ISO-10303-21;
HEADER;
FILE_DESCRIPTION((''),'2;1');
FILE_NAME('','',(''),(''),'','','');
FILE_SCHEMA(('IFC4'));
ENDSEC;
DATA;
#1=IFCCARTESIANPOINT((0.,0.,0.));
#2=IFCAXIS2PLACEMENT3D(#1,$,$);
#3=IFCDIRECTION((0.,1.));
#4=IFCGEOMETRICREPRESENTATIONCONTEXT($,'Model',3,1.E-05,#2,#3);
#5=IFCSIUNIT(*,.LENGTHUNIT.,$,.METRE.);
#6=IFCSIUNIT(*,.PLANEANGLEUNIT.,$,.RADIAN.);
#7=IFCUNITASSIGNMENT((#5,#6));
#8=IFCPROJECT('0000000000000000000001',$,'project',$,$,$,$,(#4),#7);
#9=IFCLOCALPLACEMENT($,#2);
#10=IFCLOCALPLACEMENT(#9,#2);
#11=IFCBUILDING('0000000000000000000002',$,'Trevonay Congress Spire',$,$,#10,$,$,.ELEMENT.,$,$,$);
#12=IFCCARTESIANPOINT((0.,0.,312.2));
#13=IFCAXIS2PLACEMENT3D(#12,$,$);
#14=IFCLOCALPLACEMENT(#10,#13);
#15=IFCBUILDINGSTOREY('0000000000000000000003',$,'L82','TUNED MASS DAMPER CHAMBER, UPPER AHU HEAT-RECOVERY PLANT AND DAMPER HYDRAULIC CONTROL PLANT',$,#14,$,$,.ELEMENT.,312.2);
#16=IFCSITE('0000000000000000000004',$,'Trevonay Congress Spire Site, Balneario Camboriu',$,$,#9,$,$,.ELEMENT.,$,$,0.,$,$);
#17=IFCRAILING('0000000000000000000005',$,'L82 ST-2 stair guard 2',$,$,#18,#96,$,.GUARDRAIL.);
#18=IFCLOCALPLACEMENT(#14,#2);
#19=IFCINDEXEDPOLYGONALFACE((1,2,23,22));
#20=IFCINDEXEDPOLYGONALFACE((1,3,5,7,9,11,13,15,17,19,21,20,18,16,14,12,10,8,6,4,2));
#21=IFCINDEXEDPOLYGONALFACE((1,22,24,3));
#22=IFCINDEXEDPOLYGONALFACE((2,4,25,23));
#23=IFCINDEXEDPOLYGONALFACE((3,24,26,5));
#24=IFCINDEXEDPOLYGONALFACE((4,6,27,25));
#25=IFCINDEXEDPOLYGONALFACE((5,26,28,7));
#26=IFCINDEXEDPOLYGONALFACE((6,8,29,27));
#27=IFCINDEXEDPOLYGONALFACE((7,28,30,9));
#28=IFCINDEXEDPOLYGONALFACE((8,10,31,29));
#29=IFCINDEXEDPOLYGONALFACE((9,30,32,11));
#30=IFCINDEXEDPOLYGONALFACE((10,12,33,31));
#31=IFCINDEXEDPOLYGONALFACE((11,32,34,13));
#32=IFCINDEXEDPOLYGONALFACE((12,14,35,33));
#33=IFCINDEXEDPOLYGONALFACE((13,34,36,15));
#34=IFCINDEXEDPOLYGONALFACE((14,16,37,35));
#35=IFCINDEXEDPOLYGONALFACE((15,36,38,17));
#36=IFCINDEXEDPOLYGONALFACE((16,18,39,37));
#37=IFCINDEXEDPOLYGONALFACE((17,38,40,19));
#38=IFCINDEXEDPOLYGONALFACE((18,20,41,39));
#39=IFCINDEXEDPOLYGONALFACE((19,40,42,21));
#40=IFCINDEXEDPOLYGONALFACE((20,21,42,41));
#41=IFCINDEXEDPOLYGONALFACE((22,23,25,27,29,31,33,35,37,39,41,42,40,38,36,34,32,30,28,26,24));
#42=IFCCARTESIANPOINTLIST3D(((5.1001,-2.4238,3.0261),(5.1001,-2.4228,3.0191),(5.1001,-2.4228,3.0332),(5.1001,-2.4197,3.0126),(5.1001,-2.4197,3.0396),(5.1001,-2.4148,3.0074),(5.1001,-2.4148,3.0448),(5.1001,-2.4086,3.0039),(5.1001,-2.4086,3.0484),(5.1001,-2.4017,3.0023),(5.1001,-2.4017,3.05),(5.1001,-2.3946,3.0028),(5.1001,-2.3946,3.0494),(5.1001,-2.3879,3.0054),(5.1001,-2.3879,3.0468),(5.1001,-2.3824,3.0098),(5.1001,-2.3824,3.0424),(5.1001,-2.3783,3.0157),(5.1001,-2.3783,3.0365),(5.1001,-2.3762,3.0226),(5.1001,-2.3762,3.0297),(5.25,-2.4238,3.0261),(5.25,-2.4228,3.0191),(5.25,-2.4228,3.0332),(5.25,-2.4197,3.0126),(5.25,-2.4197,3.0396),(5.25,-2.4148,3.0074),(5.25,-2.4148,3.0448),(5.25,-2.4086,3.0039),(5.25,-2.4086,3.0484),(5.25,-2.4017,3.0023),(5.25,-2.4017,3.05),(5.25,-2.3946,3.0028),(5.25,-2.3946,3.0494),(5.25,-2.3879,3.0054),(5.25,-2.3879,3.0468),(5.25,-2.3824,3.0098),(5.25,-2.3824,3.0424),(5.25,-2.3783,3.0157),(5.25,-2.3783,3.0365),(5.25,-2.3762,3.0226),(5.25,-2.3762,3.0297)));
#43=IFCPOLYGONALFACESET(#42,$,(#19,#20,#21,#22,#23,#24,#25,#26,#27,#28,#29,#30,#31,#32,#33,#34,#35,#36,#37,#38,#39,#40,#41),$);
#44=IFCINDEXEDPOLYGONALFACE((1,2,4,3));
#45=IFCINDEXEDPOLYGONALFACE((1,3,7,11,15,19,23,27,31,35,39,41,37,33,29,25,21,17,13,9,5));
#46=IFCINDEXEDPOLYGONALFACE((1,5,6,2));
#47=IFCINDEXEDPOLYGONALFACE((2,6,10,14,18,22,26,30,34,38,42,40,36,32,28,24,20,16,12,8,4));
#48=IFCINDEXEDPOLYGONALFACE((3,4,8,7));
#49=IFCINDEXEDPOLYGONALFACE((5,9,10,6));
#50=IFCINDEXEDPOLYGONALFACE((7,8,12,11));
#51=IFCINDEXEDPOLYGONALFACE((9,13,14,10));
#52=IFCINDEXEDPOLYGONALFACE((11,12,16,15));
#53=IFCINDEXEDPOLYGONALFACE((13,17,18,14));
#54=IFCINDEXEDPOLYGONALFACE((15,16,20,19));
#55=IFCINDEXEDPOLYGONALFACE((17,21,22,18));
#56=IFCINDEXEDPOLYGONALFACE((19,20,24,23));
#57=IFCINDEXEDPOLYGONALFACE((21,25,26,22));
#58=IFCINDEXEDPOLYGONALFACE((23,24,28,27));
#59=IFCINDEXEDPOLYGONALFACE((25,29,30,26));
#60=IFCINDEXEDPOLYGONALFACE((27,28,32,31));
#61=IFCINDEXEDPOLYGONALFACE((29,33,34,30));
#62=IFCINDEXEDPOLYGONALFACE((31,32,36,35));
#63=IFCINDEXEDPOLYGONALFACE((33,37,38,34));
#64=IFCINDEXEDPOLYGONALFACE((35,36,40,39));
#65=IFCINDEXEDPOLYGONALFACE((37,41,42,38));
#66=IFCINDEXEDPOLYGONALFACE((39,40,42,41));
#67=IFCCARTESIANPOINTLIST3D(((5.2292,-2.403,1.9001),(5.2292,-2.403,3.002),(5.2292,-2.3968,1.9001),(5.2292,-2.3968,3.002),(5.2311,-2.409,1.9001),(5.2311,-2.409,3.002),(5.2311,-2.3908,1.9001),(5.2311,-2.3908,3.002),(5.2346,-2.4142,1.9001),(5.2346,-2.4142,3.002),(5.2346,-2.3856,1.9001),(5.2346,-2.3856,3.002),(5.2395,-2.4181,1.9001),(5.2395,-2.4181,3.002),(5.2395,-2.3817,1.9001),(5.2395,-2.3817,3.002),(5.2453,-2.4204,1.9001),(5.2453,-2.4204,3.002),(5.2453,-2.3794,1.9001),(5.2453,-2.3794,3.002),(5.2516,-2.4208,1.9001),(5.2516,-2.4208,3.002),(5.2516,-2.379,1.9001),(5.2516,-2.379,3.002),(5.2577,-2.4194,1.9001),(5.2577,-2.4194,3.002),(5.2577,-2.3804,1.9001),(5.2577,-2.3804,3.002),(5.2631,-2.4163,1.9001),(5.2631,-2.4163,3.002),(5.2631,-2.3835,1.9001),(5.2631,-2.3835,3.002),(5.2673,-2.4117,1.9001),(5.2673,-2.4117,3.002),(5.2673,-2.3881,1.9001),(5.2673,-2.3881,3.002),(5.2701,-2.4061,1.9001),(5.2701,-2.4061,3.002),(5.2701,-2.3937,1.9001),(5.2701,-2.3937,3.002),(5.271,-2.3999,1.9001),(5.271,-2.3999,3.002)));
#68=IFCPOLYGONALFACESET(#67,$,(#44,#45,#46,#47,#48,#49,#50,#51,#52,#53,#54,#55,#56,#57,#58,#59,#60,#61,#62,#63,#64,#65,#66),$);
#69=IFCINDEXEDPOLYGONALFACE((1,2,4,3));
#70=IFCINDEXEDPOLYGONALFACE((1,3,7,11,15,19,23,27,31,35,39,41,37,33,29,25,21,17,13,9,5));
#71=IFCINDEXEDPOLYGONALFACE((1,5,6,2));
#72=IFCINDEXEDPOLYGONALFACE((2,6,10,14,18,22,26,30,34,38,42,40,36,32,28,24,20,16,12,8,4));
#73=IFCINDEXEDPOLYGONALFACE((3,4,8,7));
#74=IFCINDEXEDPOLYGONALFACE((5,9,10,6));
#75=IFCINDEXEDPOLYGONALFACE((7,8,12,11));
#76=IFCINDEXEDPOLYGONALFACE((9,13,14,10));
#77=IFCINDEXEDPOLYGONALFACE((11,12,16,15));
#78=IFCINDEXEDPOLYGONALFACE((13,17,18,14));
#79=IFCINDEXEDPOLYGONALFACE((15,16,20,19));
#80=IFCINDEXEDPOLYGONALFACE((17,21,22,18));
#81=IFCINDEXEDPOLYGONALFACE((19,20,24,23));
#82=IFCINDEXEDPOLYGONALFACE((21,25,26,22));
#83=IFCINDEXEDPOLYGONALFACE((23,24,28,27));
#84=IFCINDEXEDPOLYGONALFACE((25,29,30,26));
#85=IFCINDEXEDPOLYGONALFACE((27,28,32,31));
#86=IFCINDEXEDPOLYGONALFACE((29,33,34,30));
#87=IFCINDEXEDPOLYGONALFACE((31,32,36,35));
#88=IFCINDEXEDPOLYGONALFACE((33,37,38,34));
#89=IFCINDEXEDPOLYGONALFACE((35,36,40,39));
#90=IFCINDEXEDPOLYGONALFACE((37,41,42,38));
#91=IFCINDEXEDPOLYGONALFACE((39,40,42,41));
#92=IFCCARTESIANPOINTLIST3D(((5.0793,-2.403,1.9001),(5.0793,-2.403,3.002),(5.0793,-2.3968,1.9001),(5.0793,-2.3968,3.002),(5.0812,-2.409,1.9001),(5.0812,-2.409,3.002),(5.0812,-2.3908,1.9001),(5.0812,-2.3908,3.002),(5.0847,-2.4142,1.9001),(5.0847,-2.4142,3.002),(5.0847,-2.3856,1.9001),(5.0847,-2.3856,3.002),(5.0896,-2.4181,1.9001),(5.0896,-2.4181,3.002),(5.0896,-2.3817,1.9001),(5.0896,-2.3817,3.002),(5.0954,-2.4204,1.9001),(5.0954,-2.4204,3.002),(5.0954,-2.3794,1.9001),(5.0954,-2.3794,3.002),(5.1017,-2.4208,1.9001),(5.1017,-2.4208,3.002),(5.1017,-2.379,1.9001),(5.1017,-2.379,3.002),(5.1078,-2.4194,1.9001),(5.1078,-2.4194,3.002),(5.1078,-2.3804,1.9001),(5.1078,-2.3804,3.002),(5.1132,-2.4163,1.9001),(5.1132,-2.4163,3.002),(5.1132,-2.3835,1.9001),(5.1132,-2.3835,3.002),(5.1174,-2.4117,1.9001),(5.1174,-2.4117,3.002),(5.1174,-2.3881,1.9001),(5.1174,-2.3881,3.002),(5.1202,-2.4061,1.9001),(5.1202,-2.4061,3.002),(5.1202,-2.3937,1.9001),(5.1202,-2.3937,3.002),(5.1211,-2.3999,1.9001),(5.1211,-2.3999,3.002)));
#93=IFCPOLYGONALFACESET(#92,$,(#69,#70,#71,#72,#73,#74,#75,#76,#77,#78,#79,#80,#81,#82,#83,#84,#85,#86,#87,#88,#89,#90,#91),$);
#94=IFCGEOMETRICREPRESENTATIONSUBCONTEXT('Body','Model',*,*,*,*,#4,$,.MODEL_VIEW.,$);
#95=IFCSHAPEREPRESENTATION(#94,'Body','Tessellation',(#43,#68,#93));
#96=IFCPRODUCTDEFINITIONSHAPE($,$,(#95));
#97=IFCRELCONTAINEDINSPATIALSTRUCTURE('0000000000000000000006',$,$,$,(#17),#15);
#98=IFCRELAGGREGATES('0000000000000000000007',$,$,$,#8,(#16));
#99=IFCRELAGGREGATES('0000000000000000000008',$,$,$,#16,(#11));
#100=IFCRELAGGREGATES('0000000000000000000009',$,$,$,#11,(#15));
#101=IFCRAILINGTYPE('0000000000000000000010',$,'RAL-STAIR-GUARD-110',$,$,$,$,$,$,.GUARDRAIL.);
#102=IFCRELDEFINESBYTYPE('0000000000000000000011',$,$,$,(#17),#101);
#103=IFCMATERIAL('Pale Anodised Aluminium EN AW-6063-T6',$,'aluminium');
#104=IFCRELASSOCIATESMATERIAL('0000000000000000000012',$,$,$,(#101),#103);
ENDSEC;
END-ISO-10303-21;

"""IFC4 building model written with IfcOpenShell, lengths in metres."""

from ifc_helpers import new_model, si_unit, direction, frame, origin, origin_2d, place, context, subcontext, project, spatial, circle, extrude, material, type_object, element, save


model = new_model("IFC4")

# Units and contexts
model_context = context("Model", 3, precision=1e-05, world=origin(), true_north=direction((0.0, 1.0)))
body_context = subcontext(model_context, "Body", "Model", "MODEL_VIEW")
ifc_project = project(units=[si_unit("LENGTHUNIT", "METRE"), si_unit("PLANEANGLEUNIT", "RADIAN")], contexts=[model_context])

# Site, building, storey
site_placement = place(None, origin())
site = spatial("IfcSite", under=ifc_project, at=site_placement, Name="Trevonay Congress Spire Site, Balneario Camboriu", CompositionType="ELEMENT", RefElevation=0.0)
building_placement = place(site_placement, origin())
building = spatial("IfcBuilding", under=site, at=building_placement, Name="Trevonay Congress Spire", CompositionType="ELEMENT")
storey_placement = place(building_placement, frame((0.0, 0.0, 312.2)))
storey = spatial("IfcBuildingStorey", under=building, at=storey_placement, Name="L82", Description="TUNED MASS DAMPER CHAMBER, UPPER AHU HEAT-RECOVERY PLANT AND DAMPER HYDRAULIC CONTROL PLANT", CompositionType="ELEMENT", Elevation=312.2)

# Shared definitions
ifc_material_1 = material(Name="Pale Anodised Aluminium EN AW-6063-T6", Category="aluminium")

# Railing
railing_type_1 = type_object("IfcRailingType", Name="RAL-STAIR-GUARD-110", PredefinedType="GUARDRAIL", material=ifc_material_1)
railing_1_placement = place(storey_placement, frame((5.25, -2.3999, 1.9001)))
element("IfcRailing", 1, at=railing_1_placement, inside=storey, type_object=railing_type_1, Name="L82 ST-2 stair guard 2", PredefinedType="GUARDRAIL", context=body_context, shape_type="SweptSolid", body=[
    extrude(circle(Radius=0.0239, at=origin_2d()), frame((0.0, 0.0, 1.126), z_axis=(-1.0, 0.0, 0.0), x_axis=(0.0, -1.0, 0.0)), (0.0, 0.0, 1.0), 0.1499),
    extrude(circle(Radius=0.021, at=origin_2d()), origin(), (0.0, 0.0, 1.0), 1.1018),
    extrude(circle(Radius=0.021, at=origin_2d()), frame((-0.1499, 0.0, 0.0)), (0.0, 0.0, 1.0), 1.1018),
])

save(model, "model.ifc")
